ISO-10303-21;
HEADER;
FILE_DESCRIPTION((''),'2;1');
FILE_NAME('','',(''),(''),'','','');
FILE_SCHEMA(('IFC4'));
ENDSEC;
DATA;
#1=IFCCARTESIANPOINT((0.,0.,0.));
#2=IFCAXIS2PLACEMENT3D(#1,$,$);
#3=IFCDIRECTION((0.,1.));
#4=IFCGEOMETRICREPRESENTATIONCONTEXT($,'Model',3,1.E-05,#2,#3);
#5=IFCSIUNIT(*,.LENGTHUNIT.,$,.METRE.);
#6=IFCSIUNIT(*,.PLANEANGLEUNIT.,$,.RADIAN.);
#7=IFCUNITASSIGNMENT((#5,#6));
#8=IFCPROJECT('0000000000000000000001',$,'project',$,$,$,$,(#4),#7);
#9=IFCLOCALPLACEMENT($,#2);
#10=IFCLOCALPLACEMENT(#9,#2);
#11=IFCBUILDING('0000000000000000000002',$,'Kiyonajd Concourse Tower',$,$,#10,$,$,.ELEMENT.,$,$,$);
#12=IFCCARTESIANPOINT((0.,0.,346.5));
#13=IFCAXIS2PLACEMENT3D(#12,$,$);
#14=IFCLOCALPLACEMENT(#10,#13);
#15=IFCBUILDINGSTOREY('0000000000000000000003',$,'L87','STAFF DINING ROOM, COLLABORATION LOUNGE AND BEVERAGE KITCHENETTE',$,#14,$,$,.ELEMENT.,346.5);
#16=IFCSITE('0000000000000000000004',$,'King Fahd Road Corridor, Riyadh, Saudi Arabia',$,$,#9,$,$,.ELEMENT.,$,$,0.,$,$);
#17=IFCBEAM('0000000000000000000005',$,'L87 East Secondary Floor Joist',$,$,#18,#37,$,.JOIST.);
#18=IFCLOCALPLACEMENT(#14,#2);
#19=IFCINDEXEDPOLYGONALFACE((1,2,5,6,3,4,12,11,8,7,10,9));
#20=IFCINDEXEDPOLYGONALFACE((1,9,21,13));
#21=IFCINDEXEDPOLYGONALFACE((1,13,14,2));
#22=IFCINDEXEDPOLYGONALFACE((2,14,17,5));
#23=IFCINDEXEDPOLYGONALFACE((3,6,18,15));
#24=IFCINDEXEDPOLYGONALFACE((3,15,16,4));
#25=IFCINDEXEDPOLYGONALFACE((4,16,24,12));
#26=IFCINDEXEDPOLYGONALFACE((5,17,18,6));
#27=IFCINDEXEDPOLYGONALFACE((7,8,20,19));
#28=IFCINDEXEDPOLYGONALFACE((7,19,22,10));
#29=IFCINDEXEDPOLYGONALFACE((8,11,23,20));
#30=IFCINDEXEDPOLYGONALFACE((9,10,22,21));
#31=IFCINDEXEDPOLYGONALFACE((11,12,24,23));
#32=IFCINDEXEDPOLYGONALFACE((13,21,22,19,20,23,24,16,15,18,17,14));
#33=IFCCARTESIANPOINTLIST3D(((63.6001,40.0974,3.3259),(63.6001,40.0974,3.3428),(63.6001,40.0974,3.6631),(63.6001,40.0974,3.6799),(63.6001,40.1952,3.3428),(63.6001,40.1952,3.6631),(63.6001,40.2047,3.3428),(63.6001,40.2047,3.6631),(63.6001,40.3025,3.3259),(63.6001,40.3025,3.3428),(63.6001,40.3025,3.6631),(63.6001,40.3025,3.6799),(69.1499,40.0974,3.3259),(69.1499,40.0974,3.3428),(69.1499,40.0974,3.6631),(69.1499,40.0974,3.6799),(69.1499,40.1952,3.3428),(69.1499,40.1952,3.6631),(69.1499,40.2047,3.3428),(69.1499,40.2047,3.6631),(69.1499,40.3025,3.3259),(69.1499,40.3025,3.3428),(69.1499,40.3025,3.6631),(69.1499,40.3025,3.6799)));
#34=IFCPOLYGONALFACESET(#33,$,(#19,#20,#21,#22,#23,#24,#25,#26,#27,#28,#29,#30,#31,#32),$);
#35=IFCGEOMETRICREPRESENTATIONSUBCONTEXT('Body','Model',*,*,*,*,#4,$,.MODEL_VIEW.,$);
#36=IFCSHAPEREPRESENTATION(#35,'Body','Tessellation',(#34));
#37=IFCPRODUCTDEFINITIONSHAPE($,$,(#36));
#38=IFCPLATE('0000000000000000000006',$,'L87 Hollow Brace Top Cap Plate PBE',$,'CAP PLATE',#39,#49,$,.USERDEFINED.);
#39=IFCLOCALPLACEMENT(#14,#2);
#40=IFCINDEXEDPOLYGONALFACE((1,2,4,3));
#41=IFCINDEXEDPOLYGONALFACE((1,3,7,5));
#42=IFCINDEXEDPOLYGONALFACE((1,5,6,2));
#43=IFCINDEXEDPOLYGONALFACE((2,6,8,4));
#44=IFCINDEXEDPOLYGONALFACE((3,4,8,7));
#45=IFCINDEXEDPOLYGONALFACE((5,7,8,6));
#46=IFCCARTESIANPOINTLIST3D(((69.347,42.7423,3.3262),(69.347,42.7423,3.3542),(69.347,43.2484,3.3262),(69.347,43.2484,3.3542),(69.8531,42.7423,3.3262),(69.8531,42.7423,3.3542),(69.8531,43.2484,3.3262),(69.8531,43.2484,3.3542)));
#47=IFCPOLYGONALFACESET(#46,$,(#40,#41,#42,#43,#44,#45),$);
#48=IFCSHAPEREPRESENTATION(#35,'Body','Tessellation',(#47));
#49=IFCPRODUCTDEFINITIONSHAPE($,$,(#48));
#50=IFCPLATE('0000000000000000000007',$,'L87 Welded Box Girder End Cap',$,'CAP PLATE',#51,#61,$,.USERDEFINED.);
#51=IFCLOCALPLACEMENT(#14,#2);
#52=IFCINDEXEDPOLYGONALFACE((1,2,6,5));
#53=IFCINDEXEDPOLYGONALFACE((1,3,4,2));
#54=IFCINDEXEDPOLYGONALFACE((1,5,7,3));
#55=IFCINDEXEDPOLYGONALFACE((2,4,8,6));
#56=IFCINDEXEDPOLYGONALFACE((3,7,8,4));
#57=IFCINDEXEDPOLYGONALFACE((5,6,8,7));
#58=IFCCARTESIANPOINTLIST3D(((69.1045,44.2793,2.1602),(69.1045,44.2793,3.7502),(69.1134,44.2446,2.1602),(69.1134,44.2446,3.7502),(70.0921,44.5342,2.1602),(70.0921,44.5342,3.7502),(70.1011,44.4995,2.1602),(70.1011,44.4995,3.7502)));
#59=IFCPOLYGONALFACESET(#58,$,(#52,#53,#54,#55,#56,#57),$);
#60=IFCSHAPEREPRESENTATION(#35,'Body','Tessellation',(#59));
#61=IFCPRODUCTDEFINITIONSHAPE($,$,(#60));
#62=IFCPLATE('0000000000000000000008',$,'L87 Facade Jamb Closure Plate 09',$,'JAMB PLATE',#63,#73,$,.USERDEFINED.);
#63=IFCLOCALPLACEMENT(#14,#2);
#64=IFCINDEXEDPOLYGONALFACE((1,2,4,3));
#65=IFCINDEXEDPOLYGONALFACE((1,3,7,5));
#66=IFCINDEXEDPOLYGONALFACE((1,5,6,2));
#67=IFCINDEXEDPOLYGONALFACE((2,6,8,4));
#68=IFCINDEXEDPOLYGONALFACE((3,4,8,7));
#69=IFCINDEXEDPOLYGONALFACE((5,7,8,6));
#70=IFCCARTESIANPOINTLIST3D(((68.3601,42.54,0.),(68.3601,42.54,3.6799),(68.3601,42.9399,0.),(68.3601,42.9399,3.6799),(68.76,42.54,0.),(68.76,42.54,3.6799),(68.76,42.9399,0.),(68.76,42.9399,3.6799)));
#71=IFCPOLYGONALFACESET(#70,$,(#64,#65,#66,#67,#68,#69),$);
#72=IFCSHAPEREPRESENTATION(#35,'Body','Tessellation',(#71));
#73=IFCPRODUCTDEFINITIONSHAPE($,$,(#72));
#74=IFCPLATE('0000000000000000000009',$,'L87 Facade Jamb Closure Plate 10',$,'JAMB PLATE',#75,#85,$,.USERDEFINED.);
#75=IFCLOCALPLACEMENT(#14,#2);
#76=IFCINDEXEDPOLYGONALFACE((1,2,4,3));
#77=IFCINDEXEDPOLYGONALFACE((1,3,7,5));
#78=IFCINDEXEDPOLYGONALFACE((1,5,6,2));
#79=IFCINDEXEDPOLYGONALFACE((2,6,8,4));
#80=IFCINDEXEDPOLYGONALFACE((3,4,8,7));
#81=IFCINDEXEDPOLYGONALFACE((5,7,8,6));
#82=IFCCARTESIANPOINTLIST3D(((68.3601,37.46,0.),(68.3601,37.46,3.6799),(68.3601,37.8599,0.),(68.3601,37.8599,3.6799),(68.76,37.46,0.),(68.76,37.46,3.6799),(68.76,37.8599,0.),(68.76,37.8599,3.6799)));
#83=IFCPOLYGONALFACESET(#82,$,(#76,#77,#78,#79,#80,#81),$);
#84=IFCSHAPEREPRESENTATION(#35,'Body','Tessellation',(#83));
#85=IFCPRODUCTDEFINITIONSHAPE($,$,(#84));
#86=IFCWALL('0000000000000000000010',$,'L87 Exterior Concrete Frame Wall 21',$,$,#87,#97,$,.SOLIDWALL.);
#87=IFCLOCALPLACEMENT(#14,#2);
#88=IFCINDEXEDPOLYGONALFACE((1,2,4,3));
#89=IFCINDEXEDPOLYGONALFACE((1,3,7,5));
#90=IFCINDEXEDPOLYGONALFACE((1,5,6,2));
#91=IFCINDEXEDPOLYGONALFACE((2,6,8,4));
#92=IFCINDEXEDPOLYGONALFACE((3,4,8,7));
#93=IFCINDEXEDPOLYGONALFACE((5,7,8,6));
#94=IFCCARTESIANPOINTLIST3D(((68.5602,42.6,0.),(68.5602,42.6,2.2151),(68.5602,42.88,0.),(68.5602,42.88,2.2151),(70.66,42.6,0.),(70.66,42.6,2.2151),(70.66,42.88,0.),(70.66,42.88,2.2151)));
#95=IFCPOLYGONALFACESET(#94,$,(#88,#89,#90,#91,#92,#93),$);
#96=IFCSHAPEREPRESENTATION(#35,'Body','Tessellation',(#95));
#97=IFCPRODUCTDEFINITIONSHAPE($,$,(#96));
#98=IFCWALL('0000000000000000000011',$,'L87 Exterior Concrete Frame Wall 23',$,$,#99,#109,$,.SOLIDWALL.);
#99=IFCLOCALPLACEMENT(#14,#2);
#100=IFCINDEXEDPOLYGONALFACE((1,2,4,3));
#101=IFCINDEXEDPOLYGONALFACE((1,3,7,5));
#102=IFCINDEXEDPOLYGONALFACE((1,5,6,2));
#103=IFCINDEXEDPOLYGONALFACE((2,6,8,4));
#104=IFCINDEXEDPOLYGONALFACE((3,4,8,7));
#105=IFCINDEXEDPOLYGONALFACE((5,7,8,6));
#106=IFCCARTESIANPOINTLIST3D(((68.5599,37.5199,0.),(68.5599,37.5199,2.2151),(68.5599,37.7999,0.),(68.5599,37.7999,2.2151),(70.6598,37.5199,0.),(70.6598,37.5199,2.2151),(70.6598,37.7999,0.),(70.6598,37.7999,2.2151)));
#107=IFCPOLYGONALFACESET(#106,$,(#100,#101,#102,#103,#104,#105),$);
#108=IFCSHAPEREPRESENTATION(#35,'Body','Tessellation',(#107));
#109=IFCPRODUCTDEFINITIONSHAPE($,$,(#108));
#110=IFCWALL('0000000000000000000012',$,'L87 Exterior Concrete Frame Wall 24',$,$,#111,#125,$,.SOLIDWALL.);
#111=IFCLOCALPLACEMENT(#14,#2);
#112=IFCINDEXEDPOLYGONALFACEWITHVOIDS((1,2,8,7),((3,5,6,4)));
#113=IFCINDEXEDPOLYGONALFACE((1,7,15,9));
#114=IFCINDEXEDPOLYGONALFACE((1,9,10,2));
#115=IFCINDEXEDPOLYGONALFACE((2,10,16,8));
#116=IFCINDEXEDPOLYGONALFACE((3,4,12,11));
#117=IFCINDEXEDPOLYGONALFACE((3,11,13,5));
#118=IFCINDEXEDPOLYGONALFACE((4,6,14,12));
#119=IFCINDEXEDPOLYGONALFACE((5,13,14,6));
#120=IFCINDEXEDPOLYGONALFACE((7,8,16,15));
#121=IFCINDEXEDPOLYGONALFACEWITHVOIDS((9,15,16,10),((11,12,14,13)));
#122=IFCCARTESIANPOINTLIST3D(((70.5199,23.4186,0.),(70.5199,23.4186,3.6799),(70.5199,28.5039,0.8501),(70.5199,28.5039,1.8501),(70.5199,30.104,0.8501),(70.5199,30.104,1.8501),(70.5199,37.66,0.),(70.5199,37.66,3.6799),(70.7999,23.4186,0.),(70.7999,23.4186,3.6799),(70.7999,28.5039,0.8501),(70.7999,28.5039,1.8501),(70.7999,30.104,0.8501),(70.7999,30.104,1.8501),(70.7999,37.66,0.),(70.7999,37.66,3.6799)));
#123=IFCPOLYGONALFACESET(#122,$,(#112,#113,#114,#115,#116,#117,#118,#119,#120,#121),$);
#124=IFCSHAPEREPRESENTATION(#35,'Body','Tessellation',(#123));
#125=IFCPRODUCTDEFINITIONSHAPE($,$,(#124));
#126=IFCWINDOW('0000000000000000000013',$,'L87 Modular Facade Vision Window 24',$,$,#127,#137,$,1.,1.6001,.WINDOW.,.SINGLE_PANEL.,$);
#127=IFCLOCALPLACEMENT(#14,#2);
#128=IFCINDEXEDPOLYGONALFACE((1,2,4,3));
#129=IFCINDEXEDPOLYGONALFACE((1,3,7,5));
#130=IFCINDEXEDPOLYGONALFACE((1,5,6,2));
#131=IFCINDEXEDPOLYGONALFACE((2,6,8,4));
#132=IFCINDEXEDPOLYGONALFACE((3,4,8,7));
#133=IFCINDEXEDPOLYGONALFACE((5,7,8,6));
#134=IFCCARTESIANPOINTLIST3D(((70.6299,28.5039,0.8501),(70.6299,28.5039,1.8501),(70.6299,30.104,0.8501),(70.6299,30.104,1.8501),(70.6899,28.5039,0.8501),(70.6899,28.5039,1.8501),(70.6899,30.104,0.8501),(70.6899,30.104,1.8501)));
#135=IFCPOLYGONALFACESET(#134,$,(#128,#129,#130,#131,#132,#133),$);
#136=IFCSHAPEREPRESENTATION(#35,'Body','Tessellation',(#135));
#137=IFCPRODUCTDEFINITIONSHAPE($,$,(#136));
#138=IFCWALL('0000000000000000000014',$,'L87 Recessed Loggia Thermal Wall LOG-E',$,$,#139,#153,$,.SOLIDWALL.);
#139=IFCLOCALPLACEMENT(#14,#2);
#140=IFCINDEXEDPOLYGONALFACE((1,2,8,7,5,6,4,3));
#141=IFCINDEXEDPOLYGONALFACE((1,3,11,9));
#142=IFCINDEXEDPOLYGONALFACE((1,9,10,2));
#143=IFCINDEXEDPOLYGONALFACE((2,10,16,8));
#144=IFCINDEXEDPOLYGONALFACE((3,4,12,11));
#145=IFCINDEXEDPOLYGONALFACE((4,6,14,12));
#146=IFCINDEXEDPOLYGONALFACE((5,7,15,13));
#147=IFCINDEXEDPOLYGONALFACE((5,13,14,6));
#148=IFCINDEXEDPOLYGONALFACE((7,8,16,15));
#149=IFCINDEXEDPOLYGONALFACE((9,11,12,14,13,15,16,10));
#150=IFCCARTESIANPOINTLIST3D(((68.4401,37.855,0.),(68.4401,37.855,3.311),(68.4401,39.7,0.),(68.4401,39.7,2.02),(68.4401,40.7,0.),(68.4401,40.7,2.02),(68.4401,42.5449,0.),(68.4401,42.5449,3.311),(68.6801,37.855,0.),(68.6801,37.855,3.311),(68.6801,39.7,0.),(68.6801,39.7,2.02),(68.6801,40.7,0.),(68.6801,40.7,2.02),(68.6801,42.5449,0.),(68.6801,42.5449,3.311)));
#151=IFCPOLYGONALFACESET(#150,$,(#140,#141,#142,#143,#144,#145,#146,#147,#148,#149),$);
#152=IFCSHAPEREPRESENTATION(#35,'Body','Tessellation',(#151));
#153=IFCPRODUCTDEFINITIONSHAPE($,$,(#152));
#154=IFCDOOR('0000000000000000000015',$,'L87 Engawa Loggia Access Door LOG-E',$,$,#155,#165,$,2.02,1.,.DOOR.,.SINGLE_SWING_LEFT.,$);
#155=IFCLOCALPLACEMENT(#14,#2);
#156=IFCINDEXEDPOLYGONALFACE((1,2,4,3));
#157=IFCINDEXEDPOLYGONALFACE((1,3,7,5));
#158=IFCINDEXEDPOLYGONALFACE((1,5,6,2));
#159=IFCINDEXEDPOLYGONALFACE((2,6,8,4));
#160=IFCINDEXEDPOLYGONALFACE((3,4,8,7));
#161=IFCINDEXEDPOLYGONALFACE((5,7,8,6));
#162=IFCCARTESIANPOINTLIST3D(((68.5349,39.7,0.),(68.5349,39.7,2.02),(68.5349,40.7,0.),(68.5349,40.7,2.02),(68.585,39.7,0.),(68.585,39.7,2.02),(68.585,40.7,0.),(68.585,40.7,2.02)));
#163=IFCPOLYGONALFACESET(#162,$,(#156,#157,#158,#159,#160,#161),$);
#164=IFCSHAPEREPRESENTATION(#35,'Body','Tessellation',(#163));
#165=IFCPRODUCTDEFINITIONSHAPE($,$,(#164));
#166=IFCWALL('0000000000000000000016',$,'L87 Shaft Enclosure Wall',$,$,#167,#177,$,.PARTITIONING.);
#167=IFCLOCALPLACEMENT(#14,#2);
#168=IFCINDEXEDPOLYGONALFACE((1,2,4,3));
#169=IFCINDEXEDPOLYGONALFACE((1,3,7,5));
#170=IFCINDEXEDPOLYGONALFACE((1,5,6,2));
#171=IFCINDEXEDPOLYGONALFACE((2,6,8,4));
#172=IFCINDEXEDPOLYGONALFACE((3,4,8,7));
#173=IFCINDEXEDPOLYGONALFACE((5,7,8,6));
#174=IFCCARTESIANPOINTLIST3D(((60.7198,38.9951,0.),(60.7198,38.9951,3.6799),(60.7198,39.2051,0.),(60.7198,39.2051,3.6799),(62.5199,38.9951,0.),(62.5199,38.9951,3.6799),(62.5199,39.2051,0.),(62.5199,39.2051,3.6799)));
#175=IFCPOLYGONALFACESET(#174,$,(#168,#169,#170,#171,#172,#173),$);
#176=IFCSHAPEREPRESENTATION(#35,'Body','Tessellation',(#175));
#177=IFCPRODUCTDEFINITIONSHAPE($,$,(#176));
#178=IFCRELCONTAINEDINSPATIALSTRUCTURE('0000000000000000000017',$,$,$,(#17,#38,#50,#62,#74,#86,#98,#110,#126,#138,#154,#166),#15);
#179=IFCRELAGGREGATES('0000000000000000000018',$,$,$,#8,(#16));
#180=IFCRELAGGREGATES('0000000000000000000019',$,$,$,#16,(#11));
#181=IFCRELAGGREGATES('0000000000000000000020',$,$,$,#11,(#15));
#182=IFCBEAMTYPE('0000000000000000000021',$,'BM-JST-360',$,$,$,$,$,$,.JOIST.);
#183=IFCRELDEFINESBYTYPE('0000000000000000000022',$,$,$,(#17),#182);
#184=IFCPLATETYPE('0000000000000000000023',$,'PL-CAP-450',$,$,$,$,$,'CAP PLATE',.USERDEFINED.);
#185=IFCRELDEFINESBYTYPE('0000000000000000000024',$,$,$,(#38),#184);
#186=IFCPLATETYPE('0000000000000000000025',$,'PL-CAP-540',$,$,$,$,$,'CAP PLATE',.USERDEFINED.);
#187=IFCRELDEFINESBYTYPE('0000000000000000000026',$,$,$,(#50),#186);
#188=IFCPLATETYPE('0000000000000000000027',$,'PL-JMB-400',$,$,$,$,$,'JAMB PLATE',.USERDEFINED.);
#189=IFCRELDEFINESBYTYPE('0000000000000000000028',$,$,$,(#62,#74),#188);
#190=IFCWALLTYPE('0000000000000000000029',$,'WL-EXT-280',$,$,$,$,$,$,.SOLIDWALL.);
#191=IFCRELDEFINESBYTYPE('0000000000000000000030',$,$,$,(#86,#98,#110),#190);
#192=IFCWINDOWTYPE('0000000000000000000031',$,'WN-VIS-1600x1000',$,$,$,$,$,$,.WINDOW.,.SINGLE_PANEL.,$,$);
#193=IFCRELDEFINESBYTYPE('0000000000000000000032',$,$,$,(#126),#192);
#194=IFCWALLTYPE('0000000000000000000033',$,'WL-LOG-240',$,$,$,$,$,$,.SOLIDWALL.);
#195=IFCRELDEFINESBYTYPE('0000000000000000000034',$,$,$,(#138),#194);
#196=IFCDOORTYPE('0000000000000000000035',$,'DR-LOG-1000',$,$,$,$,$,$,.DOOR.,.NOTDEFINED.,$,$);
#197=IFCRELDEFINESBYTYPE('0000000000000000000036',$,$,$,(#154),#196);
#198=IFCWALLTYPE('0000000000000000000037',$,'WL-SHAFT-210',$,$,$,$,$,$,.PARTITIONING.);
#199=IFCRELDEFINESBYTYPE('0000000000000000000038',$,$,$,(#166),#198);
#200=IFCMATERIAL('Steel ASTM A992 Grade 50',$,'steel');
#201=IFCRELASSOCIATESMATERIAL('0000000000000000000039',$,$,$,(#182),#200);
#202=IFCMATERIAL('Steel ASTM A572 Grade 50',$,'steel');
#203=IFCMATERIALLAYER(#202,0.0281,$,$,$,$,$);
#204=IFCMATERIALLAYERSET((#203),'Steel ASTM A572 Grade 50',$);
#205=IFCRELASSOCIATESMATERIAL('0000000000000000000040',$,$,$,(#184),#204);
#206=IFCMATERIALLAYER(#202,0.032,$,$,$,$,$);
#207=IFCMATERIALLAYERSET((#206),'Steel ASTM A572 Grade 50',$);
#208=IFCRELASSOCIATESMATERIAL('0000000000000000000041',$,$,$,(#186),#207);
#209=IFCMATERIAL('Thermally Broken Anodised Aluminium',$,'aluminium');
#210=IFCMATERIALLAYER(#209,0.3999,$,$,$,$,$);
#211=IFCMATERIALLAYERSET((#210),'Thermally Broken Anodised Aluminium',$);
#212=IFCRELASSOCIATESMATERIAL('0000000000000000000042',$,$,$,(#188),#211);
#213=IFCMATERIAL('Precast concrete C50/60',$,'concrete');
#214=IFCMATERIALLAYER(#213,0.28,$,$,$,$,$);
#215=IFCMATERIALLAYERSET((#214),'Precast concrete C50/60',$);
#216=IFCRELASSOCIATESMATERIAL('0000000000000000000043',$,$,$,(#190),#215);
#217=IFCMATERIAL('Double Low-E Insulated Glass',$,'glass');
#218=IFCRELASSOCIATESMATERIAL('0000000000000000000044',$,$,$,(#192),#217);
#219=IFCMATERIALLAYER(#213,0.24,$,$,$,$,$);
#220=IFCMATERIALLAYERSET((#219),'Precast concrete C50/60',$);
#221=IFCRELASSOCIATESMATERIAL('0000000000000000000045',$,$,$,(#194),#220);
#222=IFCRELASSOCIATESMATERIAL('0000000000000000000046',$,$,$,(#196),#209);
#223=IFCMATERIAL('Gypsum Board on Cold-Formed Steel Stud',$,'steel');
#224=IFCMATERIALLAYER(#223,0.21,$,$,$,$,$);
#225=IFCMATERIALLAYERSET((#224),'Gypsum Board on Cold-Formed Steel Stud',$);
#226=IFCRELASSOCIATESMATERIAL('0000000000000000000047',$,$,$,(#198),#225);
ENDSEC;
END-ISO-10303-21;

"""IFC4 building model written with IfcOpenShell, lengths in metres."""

from ifc_helpers import new_model, si_unit, direction, frame, frame_2d, origin, origin_2d, place, context, subcontext, project, spatial, rectangle, i_section, extrude, material, layer, layer_set, material_profile, profile_set, type_object, element, fill, save


model = new_model("IFC4")

# Units and contexts
model_context = context("Model", 3, precision=1e-05, world=origin(), true_north=direction((0.0, 1.0)))
body_context = subcontext(model_context, "Body", "Model", "MODEL_VIEW")
ifc_project = project(units=[si_unit("LENGTHUNIT", "METRE"), si_unit("PLANEANGLEUNIT", "RADIAN")], contexts=[model_context])

# Site, building, storey
site_placement = place(None, origin())
site = spatial("IfcSite", under=ifc_project, at=site_placement, Name="King Fahd Road Corridor, Riyadh, Saudi Arabia", CompositionType="ELEMENT", RefElevation=0.0)
building_placement = place(site_placement, origin())
building = spatial("IfcBuilding", under=site, at=building_placement, Name="Kiyonajd Concourse Tower", CompositionType="ELEMENT")
storey_placement = place(building_placement, frame((0.0, 0.0, 346.5)))
storey = spatial("IfcBuildingStorey", under=building, at=storey_placement, Name="L87", Description="STAFF DINING ROOM, COLLABORATION LOUNGE AND BEVERAGE KITCHENETTE", CompositionType="ELEMENT", Elevation=346.5)

# Beam
ifc_material_1 = material(Name="Steel ASTM A992 Grade 50", Category="steel")
ifc_material_profile = material_profile(ifc_material_1, i_section(OverallWidth=0.2051, OverallDepth=0.354, WebThickness=0.0095, FlangeThickness=0.0168, at=origin_2d()), Name="W360X79")
ifc_profile_set = profile_set([ifc_material_profile], Name="Steel ASTM A992 Grade 50")
beam_type = type_object("IfcBeamType", Name="BM-JST-360", PredefinedType="JOIST", material=ifc_profile_set)
beam_placement = place(storey_placement, frame((63.6001, 40.2, 3.5029), z_axis=(1.0, 0.0, 0.0), x_axis=(0.0, 1.0, 0.0)))
element("IfcBeam", 1, at=beam_placement, inside=storey, type_object=beam_type, Name="L87 East Secondary Floor Joist", PredefinedType="JOIST", context=body_context, shape_type="SweptSolid", body=[
    extrude(i_section(OverallWidth=0.2051, OverallDepth=0.354, WebThickness=0.0095, FlangeThickness=0.0168, at=origin_2d()), origin(), (0.0, 0.0, 1.0), 5.5498),
])

# Plates
ifc_material_2 = material(Name="Steel ASTM A572 Grade 50", Category="steel")
ifc_layer_1 = layer(ifc_material_2, 0.0281)
ifc_layer_set_1 = layer_set([ifc_layer_1], Name="Steel ASTM A572 Grade 50")
plate_type_1 = type_object("IfcPlateType", Name="PL-CAP-450", ElementType="CAP PLATE", PredefinedType="USERDEFINED", material=ifc_layer_set_1)
plate_1_placement = place(storey_placement, frame((69.6001, 42.9954, 3.3262), z_axis=(0.0, 0.0, 1.0), x_axis=(1.0, 0.0, 0.0)))
element("IfcPlate", 2, at=plate_1_placement, inside=storey, type_object=plate_type_1, Name="L87 Hollow Brace Top Cap Plate PBE", ObjectType="CAP PLATE", PredefinedType="USERDEFINED", context=body_context, shape_type="SweptSolid", body=[
    extrude(rectangle(XDim=0.5061, YDim=0.5061, at=origin_2d()), origin(), (0.0, 0.0, 1.0), 0.0281),
])
ifc_layer_2 = layer(ifc_material_2, 0.032)
ifc_layer_set_2 = layer_set([ifc_layer_2], Name="Steel ASTM A572 Grade 50")
plate_type_2 = type_object("IfcPlateType", Name="PL-CAP-540", ElementType="CAP PLATE", PredefinedType="USERDEFINED", material=ifc_layer_set_2)
plate_2_placement = place(storey_placement, frame((69.6028, 44.3894, 2.1602), z_axis=(0.0, 0.0, 1.0), x_axis=(0.249873, -0.968279, 0.0)))
element("IfcPlate", 3, at=plate_2_placement, inside=storey, type_object=plate_type_2, Name="L87 Welded Box Girder End Cap", ObjectType="CAP PLATE", PredefinedType="USERDEFINED", context=body_context, shape_type="SweptSolid", body=[
    extrude(rectangle(XDim=0.0359, YDim=1.02, at=origin_2d()), origin(), (0.0, 0.0, 1.0), 1.5901),
])
ifc_material_3 = material(Name="Thermally Broken Anodised Aluminium", Category="aluminium")
ifc_layer_3 = layer(ifc_material_3, 0.3999)
ifc_layer_set_3 = layer_set([ifc_layer_3], Name="Thermally Broken Anodised Aluminium")
plate_type_3 = type_object("IfcPlateType", Name="PL-JMB-400", ElementType="JAMB PLATE", PredefinedType="USERDEFINED", material=ifc_layer_set_3)
for number, where, z_axis, x_axis, name in (
    (4, (68.5601, 42.74, 0.0), (0.0, 0.0, 1.0), (1.0, 0.0, 0.0), "L87 Facade Jamb Closure Plate 09"),
    (5, (68.5601, 37.6599, 0.0), (0.0, 0.0, 1.0), (1.0, 0.0, 0.0), "L87 Facade Jamb Closure Plate 10"),
):
    element("IfcPlate", number, at=place(storey_placement, frame(where, z_axis=z_axis, x_axis=x_axis)), inside=storey, type_object=plate_type_3, Name=name, ObjectType="JAMB PLATE", PredefinedType="USERDEFINED", context=body_context, shape_type="SweptSolid", body=[
        extrude(rectangle(XDim=0.3999, YDim=0.3999, at=origin_2d()), origin(), (0.0, 0.0, 1.0), 3.6799),
    ])

# Walls
ifc_material_4 = material(Name="Precast concrete C50/60", Category="concrete")
ifc_layer_4 = layer(ifc_material_4, 0.28)
ifc_layer_set_4 = layer_set([ifc_layer_4], Name="Precast concrete C50/60")
wall_type_1 = type_object("IfcWallType", Name="WL-EXT-280", PredefinedType="SOLIDWALL", material=ifc_layer_set_4)
for number, where, z_axis, x_axis, name in (
    (6, (70.6599, 42.74, 0.0), (0.0, 0.0, 1.0), (-1.0, 0.0, 0.0), "L87 Exterior Concrete Frame Wall 21"),
    (7, (68.5601, 37.6599, 0.0), (0.0, 0.0, 1.0), (1.0, 0.0, 0.0), "L87 Exterior Concrete Frame Wall 23"),
):
    element("IfcWall", number, at=place(storey_placement, frame(where, z_axis=z_axis, x_axis=x_axis)), inside=storey, type_object=wall_type_1, Name=name, PredefinedType="SOLIDWALL", context=body_context, shape_type="SweptSolid", body=[
        extrude(rectangle(XDim=2.0999, YDim=0.28, at=frame_2d((1.0498, 0.0))), origin(), (0.0, 0.0, 1.0), 2.2151),
    ])

# Wall, opening, window
wall_1_placement = place(storey_placement, frame((70.6599, 37.6599, 0.0), z_axis=(0.0, 0.0, 1.0), x_axis=(0.0, -1.0, 0.0)))
wall_1 = element("IfcWall", 8, at=wall_1_placement, inside=storey, type_object=wall_type_1, Name="L87 Exterior Concrete Frame Wall 24", PredefinedType="SOLIDWALL", context=body_context, shape_type="SweptSolid", body=[
    extrude(rectangle(XDim=14.2415, YDim=0.28, at=frame_2d((7.1206, 0.0))), origin(), (0.0, 0.0, 1.0), 3.6799),
])
opening_1_placement = place(wall_1_placement, frame((7.5559, 0.0, 0.8501)))
opening_1 = element("IfcOpeningElement", 9, at=opening_1_placement, cuts=wall_1, PredefinedType="OPENING", context=body_context, shape_type="SweptSolid", body=[
    extrude(rectangle(XDim=1.6001, YDim=1.0, at=frame_2d((0.8, 0.5))), frame((0.0, 0.1499, 0.0), z_axis=(0.0, -1.0, 0.0), x_axis=(1.0, 0.0, 0.0)), (0.0, 0.0, 1.0), 0.3),
])
ifc_material_5 = material(Name="Double Low-E Insulated Glass", Category="glass")
window_type = type_object("IfcWindowType", Name="WN-VIS-1600x1000", PartitioningType="SINGLE_PANEL", PredefinedType="WINDOW", material=ifc_material_5)
window_placement = place(opening_1_placement, origin())
window = element("IfcWindow", 10, at=window_placement, inside=storey, type_object=window_type, Name="L87 Modular Facade Vision Window 24", OverallHeight=1.0, OverallWidth=1.6001, PartitioningType="SINGLE_PANEL", PredefinedType="WINDOW", context=body_context, shape_type="SweptSolid", body=[
    extrude(rectangle(XDim=1.6001, YDim=1.0, at=frame_2d((0.8, 0.5))), frame((0.0, 0.03, 0.0), z_axis=(0.0, -1.0, 0.0), x_axis=(1.0, 0.0, 0.0)), (0.0, 0.0, 1.0), 0.0601),
])
fill(opening_1, window)

# Wall, opening, door
ifc_layer_5 = layer(ifc_material_4, 0.24)
ifc_layer_set_5 = layer_set([ifc_layer_5], Name="Precast concrete C50/60")
wall_type_2 = type_object("IfcWallType", Name="WL-LOG-240", PredefinedType="SOLIDWALL", material=ifc_layer_set_5)
wall_2_placement = place(storey_placement, frame((68.5601, 42.5449, 0.0), z_axis=(0.0, 0.0, 1.0), x_axis=(0.0, -1.0, 0.0)))
wall_2 = element("IfcWall", 11, at=wall_2_placement, inside=storey, type_object=wall_type_2, Name="L87 Recessed Loggia Thermal Wall LOG-E", PredefinedType="SOLIDWALL", context=body_context, shape_type="SweptSolid", body=[
    extrude(rectangle(XDim=4.6899, YDim=0.24, at=frame_2d((2.345, 0.0))), origin(), (0.0, 0.0, 1.0), 3.311),
])
opening_2_placement = place(wall_2_placement, frame((1.845, 0.0, 0.0)))
opening_2 = element("IfcOpeningElement", 12, at=opening_2_placement, cuts=wall_2, PredefinedType="OPENING", context=body_context, shape_type="SweptSolid", body=[
    extrude(rectangle(XDim=1.0, YDim=2.02, at=frame_2d((0.5, 1.01))), frame((0.0, 0.1299, 0.0), z_axis=(0.0, -1.0, 0.0), x_axis=(1.0, 0.0, 0.0)), (0.0, 0.0, 1.0), 0.26),
])
door_type = type_object("IfcDoorType", Name="DR-LOG-1000", OperationType="NOTDEFINED", PredefinedType="DOOR", material=ifc_material_3)
door_placement = place(opening_2_placement, origin())
door = element("IfcDoor", 13, at=door_placement, inside=storey, type_object=door_type, Name="L87 Engawa Loggia Access Door LOG-E", OperationType="SINGLE_SWING_LEFT", OverallHeight=2.02, OverallWidth=1.0, PredefinedType="DOOR", context=body_context, shape_type="SweptSolid", body=[
    extrude(rectangle(XDim=1.0, YDim=2.02, at=frame_2d((0.5, 1.01))), frame((0.0, 0.0249, 0.0), z_axis=(0.0, -1.0, 0.0), x_axis=(1.0, 0.0, 0.0)), (0.0, 0.0, 1.0), 0.05),
])
fill(opening_2, door)

# Wall
ifc_material_6 = material(Name="Gypsum Board on Cold-Formed Steel Stud", Category="steel")
ifc_layer_6 = layer(ifc_material_6, 0.21)
ifc_layer_set_6 = layer_set([ifc_layer_6], Name="Gypsum Board on Cold-Formed Steel Stud")
wall_type_3 = type_object("IfcWallType", Name="WL-SHAFT-210", PredefinedType="PARTITIONING", material=ifc_layer_set_6)
wall_3_placement = place(storey_placement, frame((60.72, 39.1001, 0.0), z_axis=(0.0, 0.0, 1.0), x_axis=(1.0, 0.0, 0.0)))
element("IfcWall", 14, at=wall_3_placement, inside=storey, type_object=wall_type_3, Name="L87 Shaft Enclosure Wall", PredefinedType="PARTITIONING", context=body_context, shape_type="SweptSolid", body=[
    extrude(rectangle(XDim=1.8, YDim=0.21, at=frame_2d((0.8999, 0.0))), origin(), (0.0, 0.0, 1.0), 3.6799),
])

save(model, "model.ifc")
